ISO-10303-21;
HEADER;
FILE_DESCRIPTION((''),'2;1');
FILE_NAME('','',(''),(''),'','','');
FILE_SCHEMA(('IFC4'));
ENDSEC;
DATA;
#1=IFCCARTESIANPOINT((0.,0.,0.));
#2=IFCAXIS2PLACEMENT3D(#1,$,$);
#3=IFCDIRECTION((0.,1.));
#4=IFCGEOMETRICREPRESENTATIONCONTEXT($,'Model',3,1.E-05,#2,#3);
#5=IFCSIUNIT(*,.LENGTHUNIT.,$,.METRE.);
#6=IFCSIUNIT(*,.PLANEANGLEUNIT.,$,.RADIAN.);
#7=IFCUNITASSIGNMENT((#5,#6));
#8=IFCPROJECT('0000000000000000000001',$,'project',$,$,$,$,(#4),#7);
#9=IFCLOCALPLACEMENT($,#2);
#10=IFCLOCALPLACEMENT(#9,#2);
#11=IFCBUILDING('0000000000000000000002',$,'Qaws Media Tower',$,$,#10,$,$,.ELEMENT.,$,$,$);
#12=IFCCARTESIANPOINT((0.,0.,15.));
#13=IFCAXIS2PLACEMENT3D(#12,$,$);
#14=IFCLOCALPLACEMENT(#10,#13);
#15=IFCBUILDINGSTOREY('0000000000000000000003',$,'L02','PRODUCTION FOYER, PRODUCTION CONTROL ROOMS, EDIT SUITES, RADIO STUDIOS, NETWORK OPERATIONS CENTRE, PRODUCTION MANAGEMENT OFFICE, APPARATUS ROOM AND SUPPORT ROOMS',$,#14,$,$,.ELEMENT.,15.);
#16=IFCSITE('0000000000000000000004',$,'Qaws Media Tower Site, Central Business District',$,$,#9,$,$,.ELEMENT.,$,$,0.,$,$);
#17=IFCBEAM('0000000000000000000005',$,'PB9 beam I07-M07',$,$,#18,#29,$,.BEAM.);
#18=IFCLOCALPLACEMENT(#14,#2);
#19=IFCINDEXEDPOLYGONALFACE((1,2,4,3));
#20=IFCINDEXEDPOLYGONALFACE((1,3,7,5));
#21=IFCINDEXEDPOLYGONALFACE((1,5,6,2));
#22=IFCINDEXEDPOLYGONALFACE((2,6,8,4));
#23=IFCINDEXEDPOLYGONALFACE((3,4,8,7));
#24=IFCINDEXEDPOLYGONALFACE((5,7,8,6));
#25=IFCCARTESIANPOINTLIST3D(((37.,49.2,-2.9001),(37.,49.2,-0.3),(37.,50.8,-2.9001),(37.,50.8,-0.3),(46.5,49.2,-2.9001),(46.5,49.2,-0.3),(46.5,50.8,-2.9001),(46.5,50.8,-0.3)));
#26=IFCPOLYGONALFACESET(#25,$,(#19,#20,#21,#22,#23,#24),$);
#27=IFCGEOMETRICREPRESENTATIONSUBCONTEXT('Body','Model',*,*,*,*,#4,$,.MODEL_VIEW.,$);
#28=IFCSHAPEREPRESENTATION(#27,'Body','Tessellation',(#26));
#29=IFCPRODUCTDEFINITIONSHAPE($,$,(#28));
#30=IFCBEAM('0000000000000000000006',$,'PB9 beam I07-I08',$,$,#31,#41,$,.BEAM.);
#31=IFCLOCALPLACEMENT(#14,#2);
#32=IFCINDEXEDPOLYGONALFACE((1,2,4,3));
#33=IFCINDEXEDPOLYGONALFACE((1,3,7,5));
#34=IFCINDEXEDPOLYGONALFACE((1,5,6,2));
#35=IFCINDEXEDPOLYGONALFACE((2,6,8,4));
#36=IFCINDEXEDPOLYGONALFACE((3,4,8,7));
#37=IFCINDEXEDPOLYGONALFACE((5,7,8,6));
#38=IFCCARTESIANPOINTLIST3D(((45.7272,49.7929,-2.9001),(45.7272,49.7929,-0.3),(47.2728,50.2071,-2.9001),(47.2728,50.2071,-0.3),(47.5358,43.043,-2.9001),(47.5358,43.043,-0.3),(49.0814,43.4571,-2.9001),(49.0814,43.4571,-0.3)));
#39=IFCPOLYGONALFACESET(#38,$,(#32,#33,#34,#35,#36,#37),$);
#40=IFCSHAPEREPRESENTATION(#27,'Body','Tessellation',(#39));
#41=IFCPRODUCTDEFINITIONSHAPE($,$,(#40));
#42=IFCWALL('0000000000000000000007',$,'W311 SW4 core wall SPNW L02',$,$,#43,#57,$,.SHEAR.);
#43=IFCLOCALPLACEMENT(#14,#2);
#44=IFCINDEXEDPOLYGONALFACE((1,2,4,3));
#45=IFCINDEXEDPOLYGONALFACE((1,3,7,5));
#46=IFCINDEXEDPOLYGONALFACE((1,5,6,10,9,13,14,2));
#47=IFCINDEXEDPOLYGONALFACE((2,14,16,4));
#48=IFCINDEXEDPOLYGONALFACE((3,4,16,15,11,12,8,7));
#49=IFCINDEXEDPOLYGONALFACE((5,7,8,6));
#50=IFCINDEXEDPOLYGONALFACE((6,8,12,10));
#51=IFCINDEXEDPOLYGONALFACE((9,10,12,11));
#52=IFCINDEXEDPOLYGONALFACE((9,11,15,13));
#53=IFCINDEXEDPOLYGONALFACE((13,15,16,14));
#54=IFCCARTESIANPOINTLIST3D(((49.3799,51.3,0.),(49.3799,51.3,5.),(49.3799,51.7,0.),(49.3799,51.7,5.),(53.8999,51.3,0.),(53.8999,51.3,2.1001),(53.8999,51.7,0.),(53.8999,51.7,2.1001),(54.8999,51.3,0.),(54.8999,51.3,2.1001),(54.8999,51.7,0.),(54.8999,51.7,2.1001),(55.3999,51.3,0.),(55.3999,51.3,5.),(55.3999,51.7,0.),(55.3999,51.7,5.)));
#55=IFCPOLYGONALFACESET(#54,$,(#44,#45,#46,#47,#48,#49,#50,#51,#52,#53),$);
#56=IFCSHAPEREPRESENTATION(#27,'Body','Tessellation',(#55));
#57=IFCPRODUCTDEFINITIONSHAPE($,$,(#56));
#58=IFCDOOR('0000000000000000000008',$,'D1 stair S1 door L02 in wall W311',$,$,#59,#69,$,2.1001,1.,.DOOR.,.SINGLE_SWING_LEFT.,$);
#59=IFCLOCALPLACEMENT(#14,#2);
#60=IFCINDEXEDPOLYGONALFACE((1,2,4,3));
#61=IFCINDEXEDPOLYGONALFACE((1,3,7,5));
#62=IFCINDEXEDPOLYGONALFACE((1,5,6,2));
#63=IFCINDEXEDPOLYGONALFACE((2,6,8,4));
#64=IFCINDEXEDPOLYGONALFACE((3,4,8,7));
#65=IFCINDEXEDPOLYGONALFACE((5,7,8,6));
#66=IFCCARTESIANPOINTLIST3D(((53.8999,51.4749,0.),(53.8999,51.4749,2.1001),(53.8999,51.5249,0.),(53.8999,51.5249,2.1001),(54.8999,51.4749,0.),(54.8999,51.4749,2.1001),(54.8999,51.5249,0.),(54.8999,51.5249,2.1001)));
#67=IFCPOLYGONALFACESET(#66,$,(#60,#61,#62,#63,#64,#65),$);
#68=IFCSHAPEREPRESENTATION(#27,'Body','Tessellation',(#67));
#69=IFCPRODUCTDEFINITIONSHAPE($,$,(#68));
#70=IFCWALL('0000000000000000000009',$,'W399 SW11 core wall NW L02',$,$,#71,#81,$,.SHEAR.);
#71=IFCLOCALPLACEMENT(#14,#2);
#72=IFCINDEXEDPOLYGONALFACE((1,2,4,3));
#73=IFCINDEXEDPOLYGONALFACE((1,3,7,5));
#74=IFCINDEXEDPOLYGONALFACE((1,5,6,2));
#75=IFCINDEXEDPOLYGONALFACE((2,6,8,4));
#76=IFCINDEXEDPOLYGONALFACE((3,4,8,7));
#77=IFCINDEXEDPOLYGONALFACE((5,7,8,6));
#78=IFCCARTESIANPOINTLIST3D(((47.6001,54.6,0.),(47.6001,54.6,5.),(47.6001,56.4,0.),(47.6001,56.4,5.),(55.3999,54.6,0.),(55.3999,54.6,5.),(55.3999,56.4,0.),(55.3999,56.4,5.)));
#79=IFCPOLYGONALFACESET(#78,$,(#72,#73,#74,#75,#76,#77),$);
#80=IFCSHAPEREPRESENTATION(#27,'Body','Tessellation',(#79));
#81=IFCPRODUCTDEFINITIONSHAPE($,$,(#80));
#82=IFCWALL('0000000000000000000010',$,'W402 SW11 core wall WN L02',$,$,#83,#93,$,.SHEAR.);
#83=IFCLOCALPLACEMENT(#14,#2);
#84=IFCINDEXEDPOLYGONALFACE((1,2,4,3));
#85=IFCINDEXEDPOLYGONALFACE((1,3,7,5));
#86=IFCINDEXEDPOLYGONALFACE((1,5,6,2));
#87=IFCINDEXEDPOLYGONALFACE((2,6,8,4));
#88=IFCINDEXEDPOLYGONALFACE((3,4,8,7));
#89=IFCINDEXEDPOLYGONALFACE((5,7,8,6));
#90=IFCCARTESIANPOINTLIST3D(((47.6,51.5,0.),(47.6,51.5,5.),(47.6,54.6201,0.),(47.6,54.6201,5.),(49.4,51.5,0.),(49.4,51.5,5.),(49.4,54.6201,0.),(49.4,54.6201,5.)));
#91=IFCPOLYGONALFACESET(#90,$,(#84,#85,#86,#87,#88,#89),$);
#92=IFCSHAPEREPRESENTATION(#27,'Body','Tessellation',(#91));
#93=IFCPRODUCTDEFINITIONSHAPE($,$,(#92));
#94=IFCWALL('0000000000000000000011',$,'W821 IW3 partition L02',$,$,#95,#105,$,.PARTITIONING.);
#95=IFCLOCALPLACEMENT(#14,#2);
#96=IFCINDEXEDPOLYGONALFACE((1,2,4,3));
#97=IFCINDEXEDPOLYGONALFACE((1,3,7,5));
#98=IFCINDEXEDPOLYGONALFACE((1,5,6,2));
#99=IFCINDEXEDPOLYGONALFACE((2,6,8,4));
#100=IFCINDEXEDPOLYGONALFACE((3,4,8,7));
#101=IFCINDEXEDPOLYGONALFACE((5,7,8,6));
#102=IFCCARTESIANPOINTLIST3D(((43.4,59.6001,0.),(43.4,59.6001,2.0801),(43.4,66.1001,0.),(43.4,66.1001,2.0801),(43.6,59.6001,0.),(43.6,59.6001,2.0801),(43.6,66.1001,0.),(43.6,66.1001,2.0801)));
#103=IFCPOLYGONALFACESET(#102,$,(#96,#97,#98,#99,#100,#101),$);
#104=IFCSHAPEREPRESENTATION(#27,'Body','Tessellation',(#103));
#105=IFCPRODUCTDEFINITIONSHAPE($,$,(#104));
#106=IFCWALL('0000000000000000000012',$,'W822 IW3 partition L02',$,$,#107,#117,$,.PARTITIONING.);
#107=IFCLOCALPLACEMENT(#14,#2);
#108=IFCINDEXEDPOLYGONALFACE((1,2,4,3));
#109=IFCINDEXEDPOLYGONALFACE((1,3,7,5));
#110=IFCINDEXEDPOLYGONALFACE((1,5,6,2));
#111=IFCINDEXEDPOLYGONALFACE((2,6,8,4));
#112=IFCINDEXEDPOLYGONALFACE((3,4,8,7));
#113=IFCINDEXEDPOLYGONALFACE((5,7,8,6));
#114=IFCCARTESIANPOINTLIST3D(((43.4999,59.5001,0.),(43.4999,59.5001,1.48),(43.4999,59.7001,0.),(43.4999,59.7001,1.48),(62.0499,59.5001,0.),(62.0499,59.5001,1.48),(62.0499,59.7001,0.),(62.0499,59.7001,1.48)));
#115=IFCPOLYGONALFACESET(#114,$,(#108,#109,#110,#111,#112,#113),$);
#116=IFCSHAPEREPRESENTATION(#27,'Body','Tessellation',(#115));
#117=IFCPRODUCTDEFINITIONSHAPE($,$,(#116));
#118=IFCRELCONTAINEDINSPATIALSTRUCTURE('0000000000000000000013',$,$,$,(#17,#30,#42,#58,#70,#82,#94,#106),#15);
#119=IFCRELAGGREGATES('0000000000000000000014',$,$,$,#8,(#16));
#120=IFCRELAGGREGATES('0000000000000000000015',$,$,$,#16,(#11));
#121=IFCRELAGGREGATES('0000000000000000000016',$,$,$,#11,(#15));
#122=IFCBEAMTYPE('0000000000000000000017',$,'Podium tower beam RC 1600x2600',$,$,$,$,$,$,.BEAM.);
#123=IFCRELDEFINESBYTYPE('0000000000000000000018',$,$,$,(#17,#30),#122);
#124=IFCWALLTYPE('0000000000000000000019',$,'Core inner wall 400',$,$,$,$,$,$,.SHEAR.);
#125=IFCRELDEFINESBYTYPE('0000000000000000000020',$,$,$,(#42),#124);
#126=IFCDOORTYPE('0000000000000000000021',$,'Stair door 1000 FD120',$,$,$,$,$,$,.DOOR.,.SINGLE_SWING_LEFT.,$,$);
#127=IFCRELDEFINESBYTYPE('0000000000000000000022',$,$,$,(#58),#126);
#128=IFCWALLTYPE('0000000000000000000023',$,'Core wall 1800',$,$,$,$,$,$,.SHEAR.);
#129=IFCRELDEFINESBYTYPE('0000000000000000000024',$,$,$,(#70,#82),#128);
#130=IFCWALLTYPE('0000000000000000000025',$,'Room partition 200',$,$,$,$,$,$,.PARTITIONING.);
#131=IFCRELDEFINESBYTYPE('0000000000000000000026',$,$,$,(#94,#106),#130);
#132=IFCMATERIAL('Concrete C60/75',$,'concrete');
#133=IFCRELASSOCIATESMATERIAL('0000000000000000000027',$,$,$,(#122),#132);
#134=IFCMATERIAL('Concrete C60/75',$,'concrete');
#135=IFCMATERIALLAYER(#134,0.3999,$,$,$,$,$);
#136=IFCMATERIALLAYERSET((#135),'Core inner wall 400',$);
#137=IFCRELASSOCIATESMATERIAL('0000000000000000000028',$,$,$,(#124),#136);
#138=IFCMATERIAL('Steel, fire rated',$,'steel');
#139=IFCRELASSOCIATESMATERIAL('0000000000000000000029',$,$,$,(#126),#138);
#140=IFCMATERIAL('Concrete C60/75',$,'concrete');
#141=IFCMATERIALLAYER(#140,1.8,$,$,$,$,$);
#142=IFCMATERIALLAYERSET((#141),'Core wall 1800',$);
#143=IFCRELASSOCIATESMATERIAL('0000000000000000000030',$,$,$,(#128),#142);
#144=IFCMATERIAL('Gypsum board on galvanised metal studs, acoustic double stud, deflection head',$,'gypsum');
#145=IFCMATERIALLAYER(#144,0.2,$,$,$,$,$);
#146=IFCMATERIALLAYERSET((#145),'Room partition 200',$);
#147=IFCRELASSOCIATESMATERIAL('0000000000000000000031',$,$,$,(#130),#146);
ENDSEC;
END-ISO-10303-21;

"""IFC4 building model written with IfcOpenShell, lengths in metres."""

from ifc_helpers import new_model, si_unit, direction, frame, frame_2d, origin, origin_2d, place, context, subcontext, project, spatial, rectangle, extrude, material, layer, layer_set, material_profile, profile_set, type_object, element, fill, save


model = new_model("IFC4")

# Units and contexts
model_context = context("Model", 3, precision=1e-05, world=origin(), true_north=direction((0.0, 1.0)))
body_context = subcontext(model_context, "Body", "Model", "MODEL_VIEW")
ifc_project = project(units=[si_unit("LENGTHUNIT", "METRE"), si_unit("PLANEANGLEUNIT", "RADIAN")], contexts=[model_context])

# Site, building, storey
site_placement = place(None, origin())
site = spatial("IfcSite", under=ifc_project, at=site_placement, Name="Qaws Media Tower Site, Central Business District", CompositionType="ELEMENT", RefElevation=0.0)
building_placement = place(site_placement, origin())
building = spatial("IfcBuilding", under=site, at=building_placement, Name="Qaws Media Tower", CompositionType="ELEMENT")
storey_placement = place(building_placement, frame((0.0, 0.0, 15.0)))
storey = spatial("IfcBuildingStorey", under=building, at=storey_placement, Name="L02", Description="PRODUCTION FOYER, PRODUCTION CONTROL ROOMS, EDIT SUITES, RADIO STUDIOS, NETWORK OPERATIONS CENTRE, PRODUCTION MANAGEMENT OFFICE, APPARATUS ROOM AND SUPPORT ROOMS", CompositionType="ELEMENT", Elevation=15.0)

# Beams
ifc_material_1 = material(Name="Concrete C60/75", Category="concrete")
ifc_material_profile_1 = material_profile(ifc_material_1, rectangle(XDim=1.6001, YDim=2.6001, at=origin_2d()), Name="RC 1600x2600")
ifc_profile_set_1 = profile_set([ifc_material_profile_1], Name="Concrete C60/75")
beam_type_1 = type_object("IfcBeamType", Name="Podium tower beam RC 1600x2600", PredefinedType="BEAM", material=ifc_profile_set_1)
beam_1_placement = place(storey_placement, frame((46.5, 50.0, -1.6001), z_axis=(-1.0, 0.0, 0.0), x_axis=(0.0, -1.0, 0.0)))
element("IfcBeam", 1, at=beam_1_placement, inside=storey, type_object=beam_type_1, Name="PB9 beam I07-M07", PredefinedType="BEAM", context=body_context, shape_type="SweptSolid", body=[
    extrude(rectangle(XDim=1.6001, YDim=2.6001, at=origin_2d()), origin(), (0.0, 0.0, 1.0), 9.5),
])
beam_2_placement = place(storey_placement, frame((46.5, 50.0, -1.6001), z_axis=(0.258811, -0.965928, 0.0), x_axis=(0.965928, 0.258811, 0.0)))
element("IfcBeam", 2, at=beam_2_placement, inside=storey, type_object=beam_type_1, Name="PB9 beam I07-I08", PredefinedType="BEAM", context=body_context, shape_type="SweptSolid", body=[
    extrude(rectangle(XDim=1.6001, YDim=2.6001, at=origin_2d()), origin(), (0.0, 0.0, 1.0), 6.988),
])

# Wall, opening, door
ifc_material_2 = material(Name="Concrete C60/75", Category="concrete")
ifc_layer_1 = layer(ifc_material_2, 0.3999)
ifc_layer_set_1 = layer_set([ifc_layer_1], Name="Core inner wall 400")
wall_type_1 = type_object("IfcWallType", Name="Core inner wall 400", PredefinedType="SHEAR", material=ifc_layer_set_1)
wall_1_placement = place(storey_placement, frame((49.3799, 51.5, 0.0), z_axis=(0.0, 0.0, 1.0), x_axis=(1.0, 0.0, 0.0)))
wall_1 = element("IfcWall", 3, at=wall_1_placement, inside=storey, type_object=wall_type_1, Name="W311 SW4 core wall SPNW L02", PredefinedType="SHEAR", context=body_context, shape_type="SweptSolid", body=[
    extrude(rectangle(XDim=6.02, YDim=0.3999, at=frame_2d((3.01, 0.0))), origin(), (0.0, 0.0, 1.0), 5.0),
])
opening_placement = place(wall_1_placement, frame((4.52, 0.0, 0.0)))
opening = element("IfcOpeningElement", 4, at=opening_placement, cuts=wall_1, PredefinedType="OPENING", context=body_context, shape_type="SweptSolid", body=[
    extrude(rectangle(XDim=1.0, YDim=2.1001, at=frame_2d((0.5, 1.05))), frame((0.0, 0.21, 0.0), z_axis=(0.0, -1.0, 0.0), x_axis=(1.0, 0.0, 0.0)), (0.0, 0.0, 1.0), 0.4199),
])
ifc_material_3 = material(Name="Steel, fire rated", Category="steel")
door_type = type_object("IfcDoorType", Name="Stair door 1000 FD120", OperationType="SINGLE_SWING_LEFT", PredefinedType="DOOR", material=ifc_material_3)
door_placement = place(opening_placement, origin())
door = element("IfcDoor", 5, at=door_placement, inside=storey, type_object=door_type, Name="D1 stair S1 door L02 in wall W311", OperationType="SINGLE_SWING_LEFT", OverallHeight=2.1001, OverallWidth=1.0, PredefinedType="DOOR", context=body_context, shape_type="SweptSolid", body=[
    extrude(rectangle(XDim=1.0, YDim=2.1001, at=frame_2d((0.5, 1.05))), frame((0.0, 0.0249, 0.0), z_axis=(0.0, -1.0, 0.0), x_axis=(1.0, 0.0, 0.0)), (0.0, 0.0, 1.0), 0.05),
])
fill(opening, door)

# Walls
ifc_material_4 = material(Name="Concrete C60/75", Category="concrete")
ifc_layer_2 = layer(ifc_material_4, 1.8)
ifc_layer_set_2 = layer_set([ifc_layer_2], Name="Core wall 1800")
wall_type_2 = type_object("IfcWallType", Name="Core wall 1800", PredefinedType="SHEAR", material=ifc_layer_set_2)
wall_2_placement = place(storey_placement, frame((47.6001, 55.5, 0.0), z_axis=(0.0, 0.0, 1.0), x_axis=(1.0, 0.0, 0.0)))
element("IfcWall", 6, at=wall_2_placement, inside=storey, type_object=wall_type_2, Name="W399 SW11 core wall NW L02", PredefinedType="SHEAR", context=body_context, shape_type="SweptSolid", body=[
    extrude(rectangle(XDim=7.7998, YDim=1.8, at=frame_2d((3.8999, 0.0))), origin(), (0.0, 0.0, 1.0), 5.0),
])
wall_3_placement = place(storey_placement, frame((48.5, 51.5, 0.0), z_axis=(0.0, 0.0, 1.0), x_axis=(0.0, 1.0, 0.0)))
element("IfcWall", 7, at=wall_3_placement, inside=storey, type_object=wall_type_2, Name="W402 SW11 core wall WN L02", PredefinedType="SHEAR", context=body_context, shape_type="SweptSolid", body=[
    extrude(rectangle(XDim=3.1201, YDim=1.8, at=frame_2d((1.5601, 0.0))), origin(), (0.0, 0.0, 1.0), 5.0),
])
ifc_material_5 = material(Name="Gypsum board on galvanised metal studs, acoustic double stud, deflection head", Category="gypsum")
ifc_layer_3 = layer(ifc_material_5, 0.2)
ifc_layer_set_3 = layer_set([ifc_layer_3], Name="Room partition 200")
wall_type_3 = type_object("IfcWallType", Name="Room partition 200", PredefinedType="PARTITIONING", material=ifc_layer_set_3)
wall_4_placement = place(storey_placement, frame((43.5, 59.6001, 0.0), z_axis=(0.0, 0.0, 1.0), x_axis=(0.0, 1.0, 0.0)))
element("IfcWall", 8, at=wall_4_placement, inside=storey, type_object=wall_type_3, Name="W821 IW3 partition L02", PredefinedType="PARTITIONING", context=body_context, shape_type="SweptSolid", body=[
    extrude(rectangle(XDim=6.5, YDim=0.2, at=frame_2d((3.25, 0.0))), origin(), (0.0, 0.0, 1.0), 2.0801),
])
wall_5_placement = place(storey_placement, frame((43.5, 59.6001, 0.0), z_axis=(0.0, 0.0, 1.0), x_axis=(1.0, 0.0, 0.0)))
element("IfcWall", 9, at=wall_5_placement, inside=storey, type_object=wall_type_3, Name="W822 IW3 partition L02", PredefinedType="PARTITIONING", context=body_context, shape_type="SweptSolid", body=[
    extrude(rectangle(XDim=18.55, YDim=0.2, at=frame_2d((9.2749, 0.0))), origin(), (0.0, 0.0, 1.0), 1.48),
])

save(model, "model.ifc")
